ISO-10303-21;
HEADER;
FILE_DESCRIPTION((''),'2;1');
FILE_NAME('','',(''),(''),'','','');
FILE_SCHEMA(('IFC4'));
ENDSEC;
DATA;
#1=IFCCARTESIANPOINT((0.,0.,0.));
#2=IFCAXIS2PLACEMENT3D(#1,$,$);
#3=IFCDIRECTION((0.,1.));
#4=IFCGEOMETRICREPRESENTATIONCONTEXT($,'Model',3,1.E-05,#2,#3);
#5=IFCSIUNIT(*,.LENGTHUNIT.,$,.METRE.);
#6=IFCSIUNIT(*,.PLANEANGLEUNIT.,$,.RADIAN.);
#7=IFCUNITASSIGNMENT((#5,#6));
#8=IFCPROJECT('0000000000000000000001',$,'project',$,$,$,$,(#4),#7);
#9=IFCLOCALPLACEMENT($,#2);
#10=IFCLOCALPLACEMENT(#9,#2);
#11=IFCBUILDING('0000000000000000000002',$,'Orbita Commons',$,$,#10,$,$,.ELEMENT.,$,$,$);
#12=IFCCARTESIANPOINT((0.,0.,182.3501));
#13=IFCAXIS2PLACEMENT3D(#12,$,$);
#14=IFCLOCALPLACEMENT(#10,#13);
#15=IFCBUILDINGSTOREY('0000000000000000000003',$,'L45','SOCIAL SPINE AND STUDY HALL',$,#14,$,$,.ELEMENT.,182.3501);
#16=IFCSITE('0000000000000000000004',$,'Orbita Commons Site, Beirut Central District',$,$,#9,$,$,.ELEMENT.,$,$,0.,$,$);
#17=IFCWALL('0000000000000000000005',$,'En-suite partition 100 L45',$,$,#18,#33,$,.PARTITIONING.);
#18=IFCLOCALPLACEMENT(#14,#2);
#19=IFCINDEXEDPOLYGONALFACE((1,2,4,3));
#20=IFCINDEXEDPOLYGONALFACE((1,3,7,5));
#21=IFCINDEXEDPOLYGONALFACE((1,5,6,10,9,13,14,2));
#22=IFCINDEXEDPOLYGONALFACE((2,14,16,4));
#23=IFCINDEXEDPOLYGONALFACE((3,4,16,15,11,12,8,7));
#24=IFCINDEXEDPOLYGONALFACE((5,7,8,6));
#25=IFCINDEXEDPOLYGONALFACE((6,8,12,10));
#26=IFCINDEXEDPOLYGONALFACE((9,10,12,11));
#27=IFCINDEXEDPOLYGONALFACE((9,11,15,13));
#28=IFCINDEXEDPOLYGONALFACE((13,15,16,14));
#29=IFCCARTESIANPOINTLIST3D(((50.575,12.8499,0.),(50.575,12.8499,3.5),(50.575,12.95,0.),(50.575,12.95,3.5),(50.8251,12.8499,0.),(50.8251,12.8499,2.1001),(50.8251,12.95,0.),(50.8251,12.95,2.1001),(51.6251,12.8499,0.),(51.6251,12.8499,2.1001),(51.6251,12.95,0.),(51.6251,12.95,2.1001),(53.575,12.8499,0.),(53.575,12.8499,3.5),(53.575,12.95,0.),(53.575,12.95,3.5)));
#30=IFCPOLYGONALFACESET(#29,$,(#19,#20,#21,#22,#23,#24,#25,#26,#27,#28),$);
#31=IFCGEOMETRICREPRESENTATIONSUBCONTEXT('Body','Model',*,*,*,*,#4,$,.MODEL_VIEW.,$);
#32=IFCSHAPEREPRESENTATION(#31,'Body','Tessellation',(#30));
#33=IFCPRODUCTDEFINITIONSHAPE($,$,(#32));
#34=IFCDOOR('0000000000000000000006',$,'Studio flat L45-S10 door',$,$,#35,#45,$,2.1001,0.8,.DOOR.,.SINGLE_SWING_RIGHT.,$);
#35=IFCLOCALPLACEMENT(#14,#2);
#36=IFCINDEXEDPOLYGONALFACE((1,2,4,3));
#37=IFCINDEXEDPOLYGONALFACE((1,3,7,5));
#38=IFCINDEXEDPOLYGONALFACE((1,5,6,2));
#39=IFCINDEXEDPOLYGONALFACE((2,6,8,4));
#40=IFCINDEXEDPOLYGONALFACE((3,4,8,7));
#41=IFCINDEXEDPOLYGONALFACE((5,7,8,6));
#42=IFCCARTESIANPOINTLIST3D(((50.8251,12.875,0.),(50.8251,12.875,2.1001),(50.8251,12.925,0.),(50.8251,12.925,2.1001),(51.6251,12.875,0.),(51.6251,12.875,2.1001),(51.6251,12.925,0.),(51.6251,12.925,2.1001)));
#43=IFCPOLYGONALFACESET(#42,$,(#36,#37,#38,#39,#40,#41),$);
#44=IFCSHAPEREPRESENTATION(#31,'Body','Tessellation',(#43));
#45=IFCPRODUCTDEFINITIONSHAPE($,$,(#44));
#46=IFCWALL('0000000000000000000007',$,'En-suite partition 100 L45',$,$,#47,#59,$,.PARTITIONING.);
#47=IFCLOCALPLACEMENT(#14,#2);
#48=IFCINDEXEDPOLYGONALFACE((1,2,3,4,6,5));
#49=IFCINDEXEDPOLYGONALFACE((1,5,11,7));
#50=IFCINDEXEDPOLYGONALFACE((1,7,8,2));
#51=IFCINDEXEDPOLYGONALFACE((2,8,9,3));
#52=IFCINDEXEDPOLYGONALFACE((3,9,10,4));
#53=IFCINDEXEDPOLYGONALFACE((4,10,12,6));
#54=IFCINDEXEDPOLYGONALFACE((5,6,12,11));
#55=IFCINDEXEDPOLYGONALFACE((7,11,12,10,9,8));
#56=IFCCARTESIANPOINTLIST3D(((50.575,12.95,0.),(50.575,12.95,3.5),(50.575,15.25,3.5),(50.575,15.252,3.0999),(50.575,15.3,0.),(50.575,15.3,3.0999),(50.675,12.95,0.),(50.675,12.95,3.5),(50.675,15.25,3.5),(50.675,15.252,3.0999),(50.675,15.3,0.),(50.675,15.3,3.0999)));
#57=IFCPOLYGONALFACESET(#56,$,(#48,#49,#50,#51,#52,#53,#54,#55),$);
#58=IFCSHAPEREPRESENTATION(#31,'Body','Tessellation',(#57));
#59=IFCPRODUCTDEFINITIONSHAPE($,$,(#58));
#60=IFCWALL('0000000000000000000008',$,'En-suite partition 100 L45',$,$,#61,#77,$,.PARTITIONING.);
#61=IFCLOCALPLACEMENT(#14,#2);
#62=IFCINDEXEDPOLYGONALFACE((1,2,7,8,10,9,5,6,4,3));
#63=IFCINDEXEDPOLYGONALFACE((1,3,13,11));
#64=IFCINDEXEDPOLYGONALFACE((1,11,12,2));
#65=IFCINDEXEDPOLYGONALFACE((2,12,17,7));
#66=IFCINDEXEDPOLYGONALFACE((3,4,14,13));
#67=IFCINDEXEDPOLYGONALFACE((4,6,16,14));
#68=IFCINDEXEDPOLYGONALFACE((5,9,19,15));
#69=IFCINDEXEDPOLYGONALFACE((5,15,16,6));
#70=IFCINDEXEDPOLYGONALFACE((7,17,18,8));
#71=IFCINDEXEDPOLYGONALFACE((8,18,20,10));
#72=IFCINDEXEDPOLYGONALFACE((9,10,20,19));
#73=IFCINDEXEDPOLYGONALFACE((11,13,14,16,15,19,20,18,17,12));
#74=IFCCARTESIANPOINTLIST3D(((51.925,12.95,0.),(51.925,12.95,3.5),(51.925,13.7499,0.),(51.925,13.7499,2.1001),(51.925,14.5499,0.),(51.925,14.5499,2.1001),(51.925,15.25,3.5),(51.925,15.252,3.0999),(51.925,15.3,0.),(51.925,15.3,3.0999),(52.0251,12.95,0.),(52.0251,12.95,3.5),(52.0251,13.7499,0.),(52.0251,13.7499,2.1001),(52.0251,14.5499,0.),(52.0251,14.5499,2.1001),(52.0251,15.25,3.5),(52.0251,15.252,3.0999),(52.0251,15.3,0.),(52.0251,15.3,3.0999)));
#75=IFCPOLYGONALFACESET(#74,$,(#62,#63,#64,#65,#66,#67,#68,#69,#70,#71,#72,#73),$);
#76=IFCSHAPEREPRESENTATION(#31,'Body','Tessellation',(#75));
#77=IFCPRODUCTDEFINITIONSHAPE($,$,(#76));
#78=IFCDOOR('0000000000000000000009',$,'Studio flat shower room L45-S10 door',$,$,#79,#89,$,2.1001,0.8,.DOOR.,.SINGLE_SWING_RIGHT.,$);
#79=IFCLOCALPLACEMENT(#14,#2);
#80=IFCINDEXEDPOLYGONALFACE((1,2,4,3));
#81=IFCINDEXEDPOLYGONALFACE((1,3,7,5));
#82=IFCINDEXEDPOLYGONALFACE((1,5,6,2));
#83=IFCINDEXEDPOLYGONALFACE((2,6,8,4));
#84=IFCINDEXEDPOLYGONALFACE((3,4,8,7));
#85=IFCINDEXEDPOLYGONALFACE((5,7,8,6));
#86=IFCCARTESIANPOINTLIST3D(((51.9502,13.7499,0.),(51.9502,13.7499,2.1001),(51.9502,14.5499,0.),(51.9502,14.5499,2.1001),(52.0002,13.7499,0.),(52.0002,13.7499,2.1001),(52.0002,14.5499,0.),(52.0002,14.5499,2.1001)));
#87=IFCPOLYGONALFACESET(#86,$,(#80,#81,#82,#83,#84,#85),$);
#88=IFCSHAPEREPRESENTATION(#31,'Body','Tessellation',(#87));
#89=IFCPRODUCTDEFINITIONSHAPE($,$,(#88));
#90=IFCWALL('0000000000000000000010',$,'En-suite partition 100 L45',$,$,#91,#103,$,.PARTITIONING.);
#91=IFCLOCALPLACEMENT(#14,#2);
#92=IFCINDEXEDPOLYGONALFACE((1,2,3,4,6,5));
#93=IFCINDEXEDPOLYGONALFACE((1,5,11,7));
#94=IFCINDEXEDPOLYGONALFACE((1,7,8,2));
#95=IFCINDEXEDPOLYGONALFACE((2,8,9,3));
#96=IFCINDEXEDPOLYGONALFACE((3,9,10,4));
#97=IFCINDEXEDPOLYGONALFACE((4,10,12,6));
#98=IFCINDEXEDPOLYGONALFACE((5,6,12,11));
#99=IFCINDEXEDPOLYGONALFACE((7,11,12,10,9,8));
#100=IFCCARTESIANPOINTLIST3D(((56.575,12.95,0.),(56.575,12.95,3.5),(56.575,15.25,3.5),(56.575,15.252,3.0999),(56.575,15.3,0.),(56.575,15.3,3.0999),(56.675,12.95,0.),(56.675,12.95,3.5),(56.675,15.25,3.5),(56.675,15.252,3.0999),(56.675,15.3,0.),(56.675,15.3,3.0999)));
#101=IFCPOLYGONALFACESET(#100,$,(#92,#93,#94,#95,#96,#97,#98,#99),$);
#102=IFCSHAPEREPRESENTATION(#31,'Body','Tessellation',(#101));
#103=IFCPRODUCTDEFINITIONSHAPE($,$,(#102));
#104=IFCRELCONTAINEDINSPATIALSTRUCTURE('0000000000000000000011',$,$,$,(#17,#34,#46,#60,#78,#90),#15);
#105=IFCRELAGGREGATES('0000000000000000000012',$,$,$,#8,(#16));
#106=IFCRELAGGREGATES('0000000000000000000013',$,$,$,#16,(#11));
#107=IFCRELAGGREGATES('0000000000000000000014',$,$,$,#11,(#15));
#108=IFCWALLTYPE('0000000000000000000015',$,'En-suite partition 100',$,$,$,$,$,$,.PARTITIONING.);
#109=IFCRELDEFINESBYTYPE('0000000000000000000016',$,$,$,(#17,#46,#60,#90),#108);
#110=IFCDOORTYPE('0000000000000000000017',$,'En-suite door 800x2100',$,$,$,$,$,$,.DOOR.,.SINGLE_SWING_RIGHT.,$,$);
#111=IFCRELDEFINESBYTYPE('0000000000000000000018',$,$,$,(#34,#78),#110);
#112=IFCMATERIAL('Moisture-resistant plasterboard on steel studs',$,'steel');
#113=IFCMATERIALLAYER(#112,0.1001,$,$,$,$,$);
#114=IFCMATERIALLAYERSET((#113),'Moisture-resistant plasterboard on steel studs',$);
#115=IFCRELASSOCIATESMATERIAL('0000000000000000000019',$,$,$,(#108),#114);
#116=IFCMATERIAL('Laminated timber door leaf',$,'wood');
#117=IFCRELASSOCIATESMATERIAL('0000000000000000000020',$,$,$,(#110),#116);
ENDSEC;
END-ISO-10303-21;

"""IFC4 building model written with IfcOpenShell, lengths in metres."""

from ifc_helpers import new_model, si_unit, direction, frame, frame_2d, origin, place, context, subcontext, project, spatial, polyline, rectangle, outline, extrude, material, layer, layer_set, type_object, element, fill, save


model = new_model("IFC4")

# Units and contexts
model_context = context("Model", 3, precision=1e-05, world=origin(), true_north=direction((0.0, 1.0)))
body_context = subcontext(model_context, "Body", "Model", "MODEL_VIEW")
ifc_project = project(units=[si_unit("LENGTHUNIT", "METRE"), si_unit("PLANEANGLEUNIT", "RADIAN")], contexts=[model_context])

# Site, building, storey
site_placement = place(None, origin())
site = spatial("IfcSite", under=ifc_project, at=site_placement, Name="Orbita Commons Site, Beirut Central District", CompositionType="ELEMENT", RefElevation=0.0)
building_placement = place(site_placement, origin())
building = spatial("IfcBuilding", under=site, at=building_placement, Name="Orbita Commons", CompositionType="ELEMENT")
storey_placement = place(building_placement, frame((0.0, 0.0, 182.3501)))
storey = spatial("IfcBuildingStorey", under=building, at=storey_placement, Name="L45", Description="SOCIAL SPINE AND STUDY HALL", CompositionType="ELEMENT", Elevation=182.3501)

# Shared definitions
ifc_material_1 = material(Name="Moisture-resistant plasterboard on steel studs", Category="steel")
ifc_layer_1 = layer(ifc_material_1, 0.1001)
ifc_layer_set_1 = layer_set([ifc_layer_1], Name="Moisture-resistant plasterboard on steel studs")
wall_type_1 = type_object("IfcWallType", Name="En-suite partition 100", PredefinedType="PARTITIONING", material=ifc_layer_set_1)

# Wall, opening, door
wall_1_placement = place(storey_placement, frame((53.575, 12.8999, 0.0), z_axis=(0.0, 0.0, 1.0), x_axis=(-1.0, 0.0, 0.0)))
wall_1 = element("IfcWall", 1, at=wall_1_placement, inside=storey, type_object=wall_type_1, Name="En-suite partition 100 L45", PredefinedType="PARTITIONING", context=body_context, shape_type="SweptSolid", body=[
    extrude(rectangle(XDim=3.0, YDim=0.1001, at=frame_2d((1.5, 0.0))), origin(), (0.0, 0.0, 1.0), 3.5),
])
opening_1_placement = place(wall_1_placement, frame((1.95, 0.0, 0.0)))
opening_1 = element("IfcOpeningElement", 2, at=opening_1_placement, cuts=wall_1, PredefinedType="OPENING", context=body_context, shape_type="SweptSolid", body=[
    extrude(rectangle(XDim=0.8, YDim=2.1001, at=frame_2d((0.3999, 1.05))), frame((0.0, 0.0601, 0.0), z_axis=(0.0, -1.0, 0.0), x_axis=(1.0, 0.0, 0.0)), (0.0, 0.0, 1.0), 0.1201),
])
ifc_material_2 = material(Name="Laminated timber door leaf", Category="wood")
door_type_1 = type_object("IfcDoorType", Name="En-suite door 800x2100", OperationType="SINGLE_SWING_RIGHT", PredefinedType="DOOR", material=ifc_material_2)
door_1_placement = place(opening_1_placement, origin())
door_1 = element("IfcDoor", 3, at=door_1_placement, inside=storey, type_object=door_type_1, Name="Studio flat L45-S10 door", OperationType="SINGLE_SWING_RIGHT", OverallHeight=2.1001, OverallWidth=0.8, PredefinedType="DOOR", context=body_context, shape_type="SweptSolid", body=[
    extrude(rectangle(XDim=0.8, YDim=2.1001, at=frame_2d((0.3999, 1.05))), frame((0.0, 0.0249, 0.0), z_axis=(0.0, -1.0, 0.0), x_axis=(1.0, 0.0, 0.0)), (0.0, 0.0, 1.0), 0.05),
])
fill(opening_1, door_1)

# Wall
wall_2_placement = place(storey_placement, frame((50.625, 12.95, 0.0), z_axis=(0.0, 0.0, 1.0), x_axis=(0.0, 1.0, 0.0)))
element("IfcWall", 4, at=wall_2_placement, inside=storey, type_object=wall_type_1, Name="En-suite partition 100 L45", PredefinedType="PARTITIONING", context=body_context, shape_type="SweptSolid", body=[
    extrude(outline(polyline([(0.0, 0.0), (2.3501, 0.0), (2.3501, 3.0999), (2.302, 3.0999), (2.3, 3.5), (0.0, 3.5), (0.0, 0.0)])), frame((0.0, 0.05, 0.0), z_axis=(0.0, -1.0, 0.0), x_axis=(1.0, 0.0, 0.0)), (0.0, 0.0, 1.0), 0.1001),
])

# Wall, opening, door
wall_3_placement = place(storey_placement, frame((51.9751, 12.95, 0.0), z_axis=(0.0, 0.0, 1.0), x_axis=(0.0, 1.0, 0.0)))
wall_3 = element("IfcWall", 5, at=wall_3_placement, inside=storey, type_object=wall_type_1, Name="En-suite partition 100 L45", PredefinedType="PARTITIONING", context=body_context, shape_type="SweptSolid", body=[
    extrude(outline(polyline([(0.0, 0.0), (2.3501, 0.0), (2.3501, 3.0999), (2.302, 3.0999), (2.3, 3.5), (0.0, 3.5), (0.0, 0.0)])), frame((0.0, 0.05, 0.0), z_axis=(0.0, -1.0, 0.0), x_axis=(1.0, 0.0, 0.0)), (0.0, 0.0, 1.0), 0.1001),
])
opening_2_placement = place(wall_3_placement, frame((0.8, 0.0, 0.0)))
opening_2 = element("IfcOpeningElement", 6, at=opening_2_placement, cuts=wall_3, PredefinedType="OPENING", context=body_context, shape_type="SweptSolid", body=[
    extrude(rectangle(XDim=0.8, YDim=2.1001, at=frame_2d((0.3999, 1.05))), frame((0.0, 0.0601, 0.0), z_axis=(0.0, -1.0, 0.0), x_axis=(1.0, 0.0, 0.0)), (0.0, 0.0, 1.0), 0.1201),
])
door_2_placement = place(opening_2_placement, origin())
door_2 = element("IfcDoor", 7, at=door_2_placement, inside=storey, type_object=door_type_1, Name="Studio flat shower room L45-S10 door", OperationType="SINGLE_SWING_RIGHT", OverallHeight=2.1001, OverallWidth=0.8, PredefinedType="DOOR", context=body_context, shape_type="SweptSolid", body=[
    extrude(rectangle(XDim=0.8, YDim=2.1001, at=frame_2d((0.3999, 1.05))), frame((0.0, 0.0249, 0.0), z_axis=(0.0, -1.0, 0.0), x_axis=(1.0, 0.0, 0.0)), (0.0, 0.0, 1.0), 0.05),
])
fill(opening_2, door_2)

# Wall
wall_4_placement = place(storey_placement, frame((56.625, 12.95, 0.0), z_axis=(0.0, 0.0, 1.0), x_axis=(0.0, 1.0, 0.0)))
element("IfcWall", 8, at=wall_4_placement, inside=storey, type_object=wall_type_1, Name="En-suite partition 100 L45", PredefinedType="PARTITIONING", context=body_context, shape_type="SweptSolid", body=[
    extrude(outline(polyline([(0.0, 0.0), (2.3501, 0.0), (2.3501, 3.0999), (2.302, 3.0999), (2.3, 3.5), (0.0, 3.5), (0.0, 0.0)])), frame((0.0, 0.05, 0.0), z_axis=(0.0, -1.0, 0.0), x_axis=(1.0, 0.0, 0.0)), (0.0, 0.0, 1.0), 0.1001),
])

save(model, "model.ifc")
